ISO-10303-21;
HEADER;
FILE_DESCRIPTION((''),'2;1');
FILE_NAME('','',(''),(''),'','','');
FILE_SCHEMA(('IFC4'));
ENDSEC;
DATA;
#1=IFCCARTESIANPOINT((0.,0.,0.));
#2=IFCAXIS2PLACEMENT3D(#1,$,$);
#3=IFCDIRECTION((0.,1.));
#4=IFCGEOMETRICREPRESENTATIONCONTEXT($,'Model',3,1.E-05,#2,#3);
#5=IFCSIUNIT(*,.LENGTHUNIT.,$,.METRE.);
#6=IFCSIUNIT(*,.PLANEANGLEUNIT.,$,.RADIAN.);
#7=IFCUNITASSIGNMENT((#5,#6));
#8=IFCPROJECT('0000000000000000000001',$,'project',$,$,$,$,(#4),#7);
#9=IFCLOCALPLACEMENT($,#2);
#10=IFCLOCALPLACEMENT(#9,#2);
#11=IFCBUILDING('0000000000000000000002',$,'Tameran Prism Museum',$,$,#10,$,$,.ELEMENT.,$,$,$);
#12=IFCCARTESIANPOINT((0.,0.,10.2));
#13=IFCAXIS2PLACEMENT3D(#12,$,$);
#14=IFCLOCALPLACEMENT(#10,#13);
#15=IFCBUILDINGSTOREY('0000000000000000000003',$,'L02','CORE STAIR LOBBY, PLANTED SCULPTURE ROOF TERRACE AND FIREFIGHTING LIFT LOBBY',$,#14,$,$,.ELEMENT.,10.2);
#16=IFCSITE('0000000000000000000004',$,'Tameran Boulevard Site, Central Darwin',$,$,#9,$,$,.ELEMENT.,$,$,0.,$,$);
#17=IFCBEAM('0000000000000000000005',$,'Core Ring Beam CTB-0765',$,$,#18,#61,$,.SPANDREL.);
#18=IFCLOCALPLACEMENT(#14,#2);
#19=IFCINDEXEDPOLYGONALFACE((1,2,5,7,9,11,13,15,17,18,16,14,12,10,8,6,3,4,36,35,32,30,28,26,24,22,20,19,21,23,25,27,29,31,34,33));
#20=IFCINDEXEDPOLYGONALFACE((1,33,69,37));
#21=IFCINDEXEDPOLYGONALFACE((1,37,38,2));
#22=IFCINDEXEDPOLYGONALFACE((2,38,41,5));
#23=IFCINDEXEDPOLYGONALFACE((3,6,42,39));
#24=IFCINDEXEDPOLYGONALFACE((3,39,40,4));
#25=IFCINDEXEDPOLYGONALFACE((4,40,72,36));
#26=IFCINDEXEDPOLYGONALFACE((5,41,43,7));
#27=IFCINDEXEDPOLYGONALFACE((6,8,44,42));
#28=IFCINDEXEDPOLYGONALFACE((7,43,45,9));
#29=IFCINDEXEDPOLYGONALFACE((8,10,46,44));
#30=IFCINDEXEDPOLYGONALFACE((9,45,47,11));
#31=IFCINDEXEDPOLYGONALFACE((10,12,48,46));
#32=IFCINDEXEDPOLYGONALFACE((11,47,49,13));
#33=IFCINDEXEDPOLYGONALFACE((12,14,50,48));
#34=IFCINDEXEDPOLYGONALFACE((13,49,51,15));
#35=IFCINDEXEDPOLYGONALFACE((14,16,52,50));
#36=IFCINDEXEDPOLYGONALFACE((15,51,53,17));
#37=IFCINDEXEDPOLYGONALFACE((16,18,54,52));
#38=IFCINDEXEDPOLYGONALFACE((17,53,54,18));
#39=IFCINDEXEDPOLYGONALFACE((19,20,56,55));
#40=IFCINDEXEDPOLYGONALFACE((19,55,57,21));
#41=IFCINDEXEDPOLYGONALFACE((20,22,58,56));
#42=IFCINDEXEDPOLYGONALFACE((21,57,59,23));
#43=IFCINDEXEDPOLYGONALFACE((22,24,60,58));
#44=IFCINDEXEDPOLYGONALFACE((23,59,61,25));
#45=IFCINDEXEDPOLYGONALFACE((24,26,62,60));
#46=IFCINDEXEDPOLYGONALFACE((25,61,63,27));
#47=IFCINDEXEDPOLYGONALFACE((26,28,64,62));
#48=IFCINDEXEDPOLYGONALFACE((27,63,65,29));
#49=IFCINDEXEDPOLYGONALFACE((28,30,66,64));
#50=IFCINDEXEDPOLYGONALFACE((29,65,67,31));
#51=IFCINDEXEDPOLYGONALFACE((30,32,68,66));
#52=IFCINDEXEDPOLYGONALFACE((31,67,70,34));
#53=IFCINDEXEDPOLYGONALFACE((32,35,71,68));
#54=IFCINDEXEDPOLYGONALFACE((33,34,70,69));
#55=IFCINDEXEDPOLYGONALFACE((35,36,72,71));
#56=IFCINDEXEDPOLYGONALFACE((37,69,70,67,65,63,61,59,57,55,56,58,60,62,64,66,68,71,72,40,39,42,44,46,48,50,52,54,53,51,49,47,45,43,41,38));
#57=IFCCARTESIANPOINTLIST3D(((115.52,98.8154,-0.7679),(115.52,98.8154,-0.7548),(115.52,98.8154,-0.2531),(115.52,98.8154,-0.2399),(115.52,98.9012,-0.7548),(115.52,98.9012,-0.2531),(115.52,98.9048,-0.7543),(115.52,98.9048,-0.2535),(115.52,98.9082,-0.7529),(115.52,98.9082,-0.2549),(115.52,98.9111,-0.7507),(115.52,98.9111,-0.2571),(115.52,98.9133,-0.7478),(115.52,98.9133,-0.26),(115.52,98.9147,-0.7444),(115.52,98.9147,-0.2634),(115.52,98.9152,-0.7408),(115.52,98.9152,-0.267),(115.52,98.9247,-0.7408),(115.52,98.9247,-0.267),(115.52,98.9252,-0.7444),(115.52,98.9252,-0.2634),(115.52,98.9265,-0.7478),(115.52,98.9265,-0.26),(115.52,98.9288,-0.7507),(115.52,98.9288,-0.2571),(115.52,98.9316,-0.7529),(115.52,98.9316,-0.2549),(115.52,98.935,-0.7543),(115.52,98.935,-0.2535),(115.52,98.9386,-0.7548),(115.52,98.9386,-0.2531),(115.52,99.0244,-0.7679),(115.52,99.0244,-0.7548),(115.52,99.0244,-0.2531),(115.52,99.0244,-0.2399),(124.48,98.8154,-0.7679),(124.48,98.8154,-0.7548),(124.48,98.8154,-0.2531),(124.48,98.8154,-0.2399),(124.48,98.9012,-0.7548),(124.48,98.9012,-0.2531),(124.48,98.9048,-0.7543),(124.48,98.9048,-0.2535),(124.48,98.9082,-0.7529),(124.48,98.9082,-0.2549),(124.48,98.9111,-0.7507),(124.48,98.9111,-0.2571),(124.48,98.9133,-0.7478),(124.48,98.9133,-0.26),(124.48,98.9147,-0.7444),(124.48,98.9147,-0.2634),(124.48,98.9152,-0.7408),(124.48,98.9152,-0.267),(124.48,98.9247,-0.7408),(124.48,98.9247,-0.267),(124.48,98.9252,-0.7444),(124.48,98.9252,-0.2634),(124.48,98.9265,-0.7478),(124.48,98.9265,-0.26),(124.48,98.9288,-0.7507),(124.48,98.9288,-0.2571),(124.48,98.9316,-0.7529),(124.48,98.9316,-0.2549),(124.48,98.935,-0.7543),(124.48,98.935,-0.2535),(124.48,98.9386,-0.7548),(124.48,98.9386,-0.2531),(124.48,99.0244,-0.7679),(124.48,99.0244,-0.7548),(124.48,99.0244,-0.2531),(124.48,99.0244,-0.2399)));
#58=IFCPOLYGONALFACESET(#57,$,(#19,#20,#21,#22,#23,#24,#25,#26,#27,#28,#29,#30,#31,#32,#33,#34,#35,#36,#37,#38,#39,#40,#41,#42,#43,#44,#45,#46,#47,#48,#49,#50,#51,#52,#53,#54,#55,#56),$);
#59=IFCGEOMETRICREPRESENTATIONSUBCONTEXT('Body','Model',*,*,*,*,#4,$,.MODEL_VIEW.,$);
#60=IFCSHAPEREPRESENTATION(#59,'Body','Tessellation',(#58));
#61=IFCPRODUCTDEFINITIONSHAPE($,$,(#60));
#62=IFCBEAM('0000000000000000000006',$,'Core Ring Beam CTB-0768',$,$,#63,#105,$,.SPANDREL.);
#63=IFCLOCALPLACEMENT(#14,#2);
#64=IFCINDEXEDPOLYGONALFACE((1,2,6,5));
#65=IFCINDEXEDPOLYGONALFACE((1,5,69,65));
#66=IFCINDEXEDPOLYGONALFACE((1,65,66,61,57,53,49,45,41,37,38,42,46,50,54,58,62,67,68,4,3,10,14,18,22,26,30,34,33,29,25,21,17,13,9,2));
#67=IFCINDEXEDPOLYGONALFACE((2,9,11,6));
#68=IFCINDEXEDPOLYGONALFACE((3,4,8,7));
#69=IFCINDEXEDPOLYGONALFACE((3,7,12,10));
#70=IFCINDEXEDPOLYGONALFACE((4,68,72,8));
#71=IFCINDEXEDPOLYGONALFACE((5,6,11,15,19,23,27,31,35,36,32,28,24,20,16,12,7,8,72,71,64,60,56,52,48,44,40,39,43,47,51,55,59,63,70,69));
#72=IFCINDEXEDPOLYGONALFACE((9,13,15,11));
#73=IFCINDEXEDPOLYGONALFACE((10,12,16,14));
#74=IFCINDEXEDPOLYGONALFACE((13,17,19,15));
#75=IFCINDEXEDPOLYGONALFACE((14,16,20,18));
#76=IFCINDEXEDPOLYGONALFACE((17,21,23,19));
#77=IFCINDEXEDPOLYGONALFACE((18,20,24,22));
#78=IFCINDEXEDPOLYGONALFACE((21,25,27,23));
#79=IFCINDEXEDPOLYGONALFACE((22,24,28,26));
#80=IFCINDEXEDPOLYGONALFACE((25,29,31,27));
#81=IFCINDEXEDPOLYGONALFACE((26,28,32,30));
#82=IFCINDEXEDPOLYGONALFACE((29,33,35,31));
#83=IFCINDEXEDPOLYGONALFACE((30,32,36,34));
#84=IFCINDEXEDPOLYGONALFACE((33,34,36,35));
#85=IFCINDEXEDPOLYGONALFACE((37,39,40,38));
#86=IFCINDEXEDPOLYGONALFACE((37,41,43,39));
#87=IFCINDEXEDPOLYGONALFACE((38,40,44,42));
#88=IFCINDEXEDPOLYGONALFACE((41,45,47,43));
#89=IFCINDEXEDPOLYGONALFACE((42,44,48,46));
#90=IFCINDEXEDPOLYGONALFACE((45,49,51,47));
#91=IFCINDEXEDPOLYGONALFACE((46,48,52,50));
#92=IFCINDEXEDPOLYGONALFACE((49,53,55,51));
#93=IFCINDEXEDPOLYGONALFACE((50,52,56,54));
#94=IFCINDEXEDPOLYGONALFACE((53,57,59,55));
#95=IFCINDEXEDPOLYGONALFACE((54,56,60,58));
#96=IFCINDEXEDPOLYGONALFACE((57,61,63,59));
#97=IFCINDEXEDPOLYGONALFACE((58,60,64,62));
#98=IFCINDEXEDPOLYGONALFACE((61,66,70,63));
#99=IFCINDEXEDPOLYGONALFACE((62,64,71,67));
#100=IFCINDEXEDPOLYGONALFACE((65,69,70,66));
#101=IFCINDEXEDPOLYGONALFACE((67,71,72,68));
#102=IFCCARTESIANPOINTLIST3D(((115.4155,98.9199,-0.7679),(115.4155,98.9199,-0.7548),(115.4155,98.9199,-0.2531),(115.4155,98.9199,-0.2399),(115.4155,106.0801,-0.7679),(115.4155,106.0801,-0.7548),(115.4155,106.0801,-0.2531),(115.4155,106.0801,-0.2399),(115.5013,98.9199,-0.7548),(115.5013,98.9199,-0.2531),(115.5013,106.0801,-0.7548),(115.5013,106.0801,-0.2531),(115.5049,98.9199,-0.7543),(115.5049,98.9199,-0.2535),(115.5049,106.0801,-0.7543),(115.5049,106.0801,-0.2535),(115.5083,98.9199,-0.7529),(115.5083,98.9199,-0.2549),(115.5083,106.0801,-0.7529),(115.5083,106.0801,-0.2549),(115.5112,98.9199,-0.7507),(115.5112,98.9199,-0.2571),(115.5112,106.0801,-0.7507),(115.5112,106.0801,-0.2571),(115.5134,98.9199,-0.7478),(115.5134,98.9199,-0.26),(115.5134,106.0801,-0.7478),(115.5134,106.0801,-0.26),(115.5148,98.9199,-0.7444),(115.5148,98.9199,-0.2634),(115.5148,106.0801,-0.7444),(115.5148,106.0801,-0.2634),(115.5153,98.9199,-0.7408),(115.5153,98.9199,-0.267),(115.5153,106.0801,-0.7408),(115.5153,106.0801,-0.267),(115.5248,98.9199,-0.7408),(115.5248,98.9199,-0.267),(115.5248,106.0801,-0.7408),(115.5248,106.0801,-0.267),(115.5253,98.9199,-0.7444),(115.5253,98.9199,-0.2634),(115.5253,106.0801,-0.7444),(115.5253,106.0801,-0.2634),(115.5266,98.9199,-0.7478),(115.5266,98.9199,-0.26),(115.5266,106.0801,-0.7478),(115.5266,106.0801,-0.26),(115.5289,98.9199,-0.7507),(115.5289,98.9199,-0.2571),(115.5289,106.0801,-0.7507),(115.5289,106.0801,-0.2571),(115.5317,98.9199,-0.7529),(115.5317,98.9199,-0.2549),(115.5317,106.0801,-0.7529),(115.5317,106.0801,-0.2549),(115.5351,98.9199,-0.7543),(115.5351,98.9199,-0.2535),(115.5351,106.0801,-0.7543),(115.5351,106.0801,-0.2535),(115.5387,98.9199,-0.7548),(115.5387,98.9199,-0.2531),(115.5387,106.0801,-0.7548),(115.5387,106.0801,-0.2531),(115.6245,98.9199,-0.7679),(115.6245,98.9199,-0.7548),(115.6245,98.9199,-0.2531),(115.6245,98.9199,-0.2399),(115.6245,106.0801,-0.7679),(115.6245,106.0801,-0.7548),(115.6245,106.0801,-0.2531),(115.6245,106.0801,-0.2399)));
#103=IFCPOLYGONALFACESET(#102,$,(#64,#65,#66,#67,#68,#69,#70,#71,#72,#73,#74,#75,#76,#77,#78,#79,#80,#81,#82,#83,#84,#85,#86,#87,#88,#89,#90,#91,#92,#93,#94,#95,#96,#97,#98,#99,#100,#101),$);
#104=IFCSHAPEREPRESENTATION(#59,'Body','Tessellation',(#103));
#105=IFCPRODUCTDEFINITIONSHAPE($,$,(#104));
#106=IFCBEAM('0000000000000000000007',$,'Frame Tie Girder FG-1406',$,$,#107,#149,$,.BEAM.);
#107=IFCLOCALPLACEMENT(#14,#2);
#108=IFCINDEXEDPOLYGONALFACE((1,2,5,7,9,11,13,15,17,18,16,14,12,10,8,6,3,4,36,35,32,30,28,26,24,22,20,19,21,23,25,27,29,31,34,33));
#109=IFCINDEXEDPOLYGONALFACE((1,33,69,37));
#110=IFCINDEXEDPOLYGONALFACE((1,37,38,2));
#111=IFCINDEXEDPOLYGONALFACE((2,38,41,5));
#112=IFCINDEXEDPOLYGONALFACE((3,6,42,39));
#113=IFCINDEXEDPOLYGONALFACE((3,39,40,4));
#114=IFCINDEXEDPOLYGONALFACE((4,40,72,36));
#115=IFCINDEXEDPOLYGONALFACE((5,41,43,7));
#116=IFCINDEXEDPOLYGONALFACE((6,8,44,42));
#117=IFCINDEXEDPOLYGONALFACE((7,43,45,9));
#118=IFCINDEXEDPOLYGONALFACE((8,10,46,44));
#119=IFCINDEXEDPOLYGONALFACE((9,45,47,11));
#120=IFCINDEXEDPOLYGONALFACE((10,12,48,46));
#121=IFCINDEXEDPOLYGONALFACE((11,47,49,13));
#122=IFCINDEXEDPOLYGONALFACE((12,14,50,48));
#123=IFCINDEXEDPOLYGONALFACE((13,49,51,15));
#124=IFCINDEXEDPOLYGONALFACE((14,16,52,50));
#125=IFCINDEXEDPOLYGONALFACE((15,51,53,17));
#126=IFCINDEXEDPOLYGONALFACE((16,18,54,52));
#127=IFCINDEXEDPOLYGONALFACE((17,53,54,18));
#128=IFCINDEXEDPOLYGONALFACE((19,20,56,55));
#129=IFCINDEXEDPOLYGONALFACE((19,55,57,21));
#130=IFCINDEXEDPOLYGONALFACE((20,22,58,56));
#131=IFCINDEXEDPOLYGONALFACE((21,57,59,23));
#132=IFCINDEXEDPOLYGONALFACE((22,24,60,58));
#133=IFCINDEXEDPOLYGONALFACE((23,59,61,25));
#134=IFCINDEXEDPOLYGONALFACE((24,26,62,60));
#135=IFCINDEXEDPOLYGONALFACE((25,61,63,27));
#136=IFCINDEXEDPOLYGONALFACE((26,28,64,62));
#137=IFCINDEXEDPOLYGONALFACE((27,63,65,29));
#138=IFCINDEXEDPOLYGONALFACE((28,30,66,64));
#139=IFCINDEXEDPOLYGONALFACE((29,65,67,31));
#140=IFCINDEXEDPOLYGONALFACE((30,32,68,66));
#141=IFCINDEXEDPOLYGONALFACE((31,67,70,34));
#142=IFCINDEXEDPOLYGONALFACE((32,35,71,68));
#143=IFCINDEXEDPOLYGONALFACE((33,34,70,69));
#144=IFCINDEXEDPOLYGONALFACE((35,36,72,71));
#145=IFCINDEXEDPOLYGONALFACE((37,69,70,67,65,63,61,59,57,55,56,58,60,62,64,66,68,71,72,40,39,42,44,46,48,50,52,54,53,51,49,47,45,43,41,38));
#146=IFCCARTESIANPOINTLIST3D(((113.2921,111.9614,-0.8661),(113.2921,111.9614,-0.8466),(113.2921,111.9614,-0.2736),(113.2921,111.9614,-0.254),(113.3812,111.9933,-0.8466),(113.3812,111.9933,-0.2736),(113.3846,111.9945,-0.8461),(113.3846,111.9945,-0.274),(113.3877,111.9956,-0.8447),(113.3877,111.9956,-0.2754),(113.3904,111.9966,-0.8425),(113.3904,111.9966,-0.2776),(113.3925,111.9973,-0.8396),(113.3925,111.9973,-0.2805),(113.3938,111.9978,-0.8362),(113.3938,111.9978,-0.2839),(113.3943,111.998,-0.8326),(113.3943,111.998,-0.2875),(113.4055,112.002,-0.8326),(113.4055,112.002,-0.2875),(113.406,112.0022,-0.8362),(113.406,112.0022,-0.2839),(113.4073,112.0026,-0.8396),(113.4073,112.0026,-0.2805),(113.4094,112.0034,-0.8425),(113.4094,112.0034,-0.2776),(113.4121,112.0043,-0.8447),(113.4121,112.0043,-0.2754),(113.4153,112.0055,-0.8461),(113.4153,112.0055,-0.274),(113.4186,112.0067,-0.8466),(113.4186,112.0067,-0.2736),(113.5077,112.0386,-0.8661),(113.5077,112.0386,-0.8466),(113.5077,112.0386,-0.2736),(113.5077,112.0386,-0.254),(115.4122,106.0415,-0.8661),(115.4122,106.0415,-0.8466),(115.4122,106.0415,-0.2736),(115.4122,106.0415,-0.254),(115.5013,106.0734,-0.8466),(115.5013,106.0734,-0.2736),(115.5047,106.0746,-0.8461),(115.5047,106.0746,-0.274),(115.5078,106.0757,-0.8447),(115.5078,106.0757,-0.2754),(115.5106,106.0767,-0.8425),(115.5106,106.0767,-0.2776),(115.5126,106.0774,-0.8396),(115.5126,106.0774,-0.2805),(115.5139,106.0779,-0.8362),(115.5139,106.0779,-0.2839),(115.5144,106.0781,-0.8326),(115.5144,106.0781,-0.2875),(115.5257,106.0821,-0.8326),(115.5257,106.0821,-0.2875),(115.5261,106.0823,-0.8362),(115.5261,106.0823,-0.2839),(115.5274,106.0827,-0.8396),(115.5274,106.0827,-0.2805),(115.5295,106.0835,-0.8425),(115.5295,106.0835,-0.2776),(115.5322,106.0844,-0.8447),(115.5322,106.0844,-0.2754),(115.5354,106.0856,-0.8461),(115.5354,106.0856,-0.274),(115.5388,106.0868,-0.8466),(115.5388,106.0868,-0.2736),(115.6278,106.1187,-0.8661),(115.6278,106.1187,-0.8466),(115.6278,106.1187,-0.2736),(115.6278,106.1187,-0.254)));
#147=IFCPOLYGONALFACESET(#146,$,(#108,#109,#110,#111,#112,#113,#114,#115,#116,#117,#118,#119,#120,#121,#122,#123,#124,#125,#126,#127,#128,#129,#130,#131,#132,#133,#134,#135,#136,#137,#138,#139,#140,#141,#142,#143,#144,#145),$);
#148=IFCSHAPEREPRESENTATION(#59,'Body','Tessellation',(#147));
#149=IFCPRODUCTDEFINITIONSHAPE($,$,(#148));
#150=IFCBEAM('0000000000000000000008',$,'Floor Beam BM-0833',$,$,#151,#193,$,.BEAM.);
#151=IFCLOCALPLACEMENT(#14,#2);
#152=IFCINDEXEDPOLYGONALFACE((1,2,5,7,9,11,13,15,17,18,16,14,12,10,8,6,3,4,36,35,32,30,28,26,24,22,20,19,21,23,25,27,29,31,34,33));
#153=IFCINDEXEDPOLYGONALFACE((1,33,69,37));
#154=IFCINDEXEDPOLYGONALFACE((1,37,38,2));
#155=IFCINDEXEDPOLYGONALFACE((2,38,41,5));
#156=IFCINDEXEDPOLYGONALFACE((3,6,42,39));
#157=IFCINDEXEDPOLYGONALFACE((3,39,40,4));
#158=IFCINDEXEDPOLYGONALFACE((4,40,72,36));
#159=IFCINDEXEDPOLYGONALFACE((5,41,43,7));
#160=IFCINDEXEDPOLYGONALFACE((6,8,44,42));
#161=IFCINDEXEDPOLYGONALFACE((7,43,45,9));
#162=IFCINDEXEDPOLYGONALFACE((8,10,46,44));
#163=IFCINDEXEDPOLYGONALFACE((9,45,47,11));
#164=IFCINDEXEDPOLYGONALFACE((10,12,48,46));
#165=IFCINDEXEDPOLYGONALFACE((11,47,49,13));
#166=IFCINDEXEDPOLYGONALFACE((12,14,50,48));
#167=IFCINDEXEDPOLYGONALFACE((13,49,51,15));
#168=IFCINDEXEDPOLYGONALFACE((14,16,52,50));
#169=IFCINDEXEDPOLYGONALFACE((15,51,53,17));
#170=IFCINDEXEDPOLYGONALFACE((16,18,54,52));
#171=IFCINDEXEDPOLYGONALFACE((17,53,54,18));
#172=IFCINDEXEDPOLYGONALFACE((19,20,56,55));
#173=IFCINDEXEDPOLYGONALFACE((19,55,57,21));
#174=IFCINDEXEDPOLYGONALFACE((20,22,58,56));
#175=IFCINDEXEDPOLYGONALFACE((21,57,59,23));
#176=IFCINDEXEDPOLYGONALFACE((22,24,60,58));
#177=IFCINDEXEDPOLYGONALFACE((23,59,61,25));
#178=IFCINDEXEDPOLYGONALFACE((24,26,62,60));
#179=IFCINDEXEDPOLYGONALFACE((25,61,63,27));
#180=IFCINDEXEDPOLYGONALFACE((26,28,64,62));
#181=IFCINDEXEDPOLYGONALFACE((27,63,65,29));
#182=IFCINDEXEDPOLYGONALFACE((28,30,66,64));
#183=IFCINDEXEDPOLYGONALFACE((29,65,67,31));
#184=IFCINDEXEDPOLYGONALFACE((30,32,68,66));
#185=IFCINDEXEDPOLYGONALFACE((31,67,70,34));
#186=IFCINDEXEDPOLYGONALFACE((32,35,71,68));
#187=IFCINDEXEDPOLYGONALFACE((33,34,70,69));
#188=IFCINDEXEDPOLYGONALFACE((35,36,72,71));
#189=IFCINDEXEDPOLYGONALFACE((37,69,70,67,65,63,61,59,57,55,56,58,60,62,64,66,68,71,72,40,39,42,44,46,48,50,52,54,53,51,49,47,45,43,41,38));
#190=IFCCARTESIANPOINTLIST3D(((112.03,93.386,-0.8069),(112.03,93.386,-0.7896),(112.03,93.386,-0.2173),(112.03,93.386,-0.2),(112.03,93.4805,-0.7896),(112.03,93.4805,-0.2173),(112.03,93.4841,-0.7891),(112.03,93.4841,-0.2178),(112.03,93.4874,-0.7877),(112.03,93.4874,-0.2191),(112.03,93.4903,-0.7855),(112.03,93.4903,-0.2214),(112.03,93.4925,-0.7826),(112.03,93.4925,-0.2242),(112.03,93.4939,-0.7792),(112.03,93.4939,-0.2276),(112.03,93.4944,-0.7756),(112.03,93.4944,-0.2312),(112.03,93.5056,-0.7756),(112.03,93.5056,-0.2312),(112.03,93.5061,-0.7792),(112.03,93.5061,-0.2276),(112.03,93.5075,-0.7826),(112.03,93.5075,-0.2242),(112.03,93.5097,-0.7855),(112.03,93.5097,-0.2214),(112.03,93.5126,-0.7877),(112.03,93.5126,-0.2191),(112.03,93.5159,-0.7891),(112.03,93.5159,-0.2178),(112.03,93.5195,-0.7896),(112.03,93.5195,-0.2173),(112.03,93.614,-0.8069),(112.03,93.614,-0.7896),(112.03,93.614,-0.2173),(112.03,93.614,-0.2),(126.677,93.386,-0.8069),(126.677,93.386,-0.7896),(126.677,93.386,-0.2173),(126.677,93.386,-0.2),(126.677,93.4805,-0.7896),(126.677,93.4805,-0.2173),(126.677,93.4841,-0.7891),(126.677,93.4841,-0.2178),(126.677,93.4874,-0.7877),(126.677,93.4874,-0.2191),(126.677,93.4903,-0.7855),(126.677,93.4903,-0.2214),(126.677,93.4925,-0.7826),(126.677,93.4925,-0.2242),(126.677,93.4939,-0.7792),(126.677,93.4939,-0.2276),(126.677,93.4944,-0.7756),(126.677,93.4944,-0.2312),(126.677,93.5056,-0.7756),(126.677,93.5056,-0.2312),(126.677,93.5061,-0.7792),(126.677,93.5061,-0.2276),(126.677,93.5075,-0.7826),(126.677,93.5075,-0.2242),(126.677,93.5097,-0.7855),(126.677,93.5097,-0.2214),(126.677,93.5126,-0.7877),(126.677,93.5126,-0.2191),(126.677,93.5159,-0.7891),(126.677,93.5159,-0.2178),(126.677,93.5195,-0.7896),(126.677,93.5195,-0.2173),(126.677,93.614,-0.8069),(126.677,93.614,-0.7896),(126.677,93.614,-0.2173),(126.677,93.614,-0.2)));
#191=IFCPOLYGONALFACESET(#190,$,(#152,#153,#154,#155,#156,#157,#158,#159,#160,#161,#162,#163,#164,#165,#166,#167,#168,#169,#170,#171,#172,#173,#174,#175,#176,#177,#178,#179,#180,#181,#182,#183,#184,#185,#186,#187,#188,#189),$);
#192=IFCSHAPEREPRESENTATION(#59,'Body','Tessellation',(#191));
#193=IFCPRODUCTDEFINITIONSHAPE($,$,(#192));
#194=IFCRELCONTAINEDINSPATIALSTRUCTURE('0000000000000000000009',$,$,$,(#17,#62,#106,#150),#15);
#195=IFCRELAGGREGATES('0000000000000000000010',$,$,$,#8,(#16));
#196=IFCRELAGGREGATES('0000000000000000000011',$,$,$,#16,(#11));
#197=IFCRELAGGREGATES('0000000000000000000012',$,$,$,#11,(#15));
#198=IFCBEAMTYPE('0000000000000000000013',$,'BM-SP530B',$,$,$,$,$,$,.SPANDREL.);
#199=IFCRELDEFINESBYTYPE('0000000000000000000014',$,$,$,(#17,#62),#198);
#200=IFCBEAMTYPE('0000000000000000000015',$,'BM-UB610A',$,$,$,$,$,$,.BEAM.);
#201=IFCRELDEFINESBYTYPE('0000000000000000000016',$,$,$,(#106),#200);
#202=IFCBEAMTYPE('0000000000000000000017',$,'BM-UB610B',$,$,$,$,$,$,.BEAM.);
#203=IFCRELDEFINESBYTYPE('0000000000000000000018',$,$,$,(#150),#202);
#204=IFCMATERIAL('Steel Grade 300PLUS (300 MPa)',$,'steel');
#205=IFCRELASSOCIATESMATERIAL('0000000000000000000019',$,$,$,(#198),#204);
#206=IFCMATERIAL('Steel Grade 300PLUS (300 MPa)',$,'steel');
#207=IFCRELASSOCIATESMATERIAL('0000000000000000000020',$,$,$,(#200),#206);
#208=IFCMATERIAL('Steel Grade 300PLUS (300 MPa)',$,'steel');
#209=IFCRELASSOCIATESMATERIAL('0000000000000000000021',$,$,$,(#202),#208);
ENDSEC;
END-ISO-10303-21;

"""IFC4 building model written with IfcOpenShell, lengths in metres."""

from ifc_helpers import new_model, si_unit, direction, frame, origin, origin_2d, place, context, subcontext, project, spatial, i_section, extrude, material, material_profile, profile_set, type_object, element, save


model = new_model("IFC4")

# Units and contexts
model_context = context("Model", 3, precision=1e-05, world=origin(), true_north=direction((0.0, 1.0)))
body_context = subcontext(model_context, "Body", "Model", "MODEL_VIEW")
ifc_project = project(units=[si_unit("LENGTHUNIT", "METRE"), si_unit("PLANEANGLEUNIT", "RADIAN")], contexts=[model_context])

# Site, building, storey
site_placement = place(None, origin())
site = spatial("IfcSite", under=ifc_project, at=site_placement, Name="Tameran Boulevard Site, Central Darwin", CompositionType="ELEMENT", RefElevation=0.0)
building_placement = place(site_placement, origin())
building = spatial("IfcBuilding", under=site, at=building_placement, Name="Tameran Prism Museum", CompositionType="ELEMENT")
storey_placement = place(building_placement, frame((0.0, 0.0, 10.2)))
storey = spatial("IfcBuildingStorey", under=building, at=storey_placement, Name="L02", Description="CORE STAIR LOBBY, PLANTED SCULPTURE ROOF TERRACE AND FIREFIGHTING LIFT LOBBY", CompositionType="ELEMENT", Elevation=10.2)

# Beams
ifc_material_1 = material(Name="Steel Grade 300PLUS (300 MPa)", Category="steel")
ifc_material_profile_1 = material_profile(ifc_material_1, i_section(OverallWidth=0.209, OverallDepth=0.5281, WebThickness=0.0095, FlangeThickness=0.0132, FilletRadius=0.0139, at=origin_2d()))
ifc_profile_set_1 = profile_set([ifc_material_profile_1])
beam_type_1 = type_object("IfcBeamType", Name="BM-SP530B", PredefinedType="SPANDREL", material=ifc_profile_set_1)
beam_1_placement = place(storey_placement, frame((115.52, 98.9199, -0.5039), z_axis=(1.0, 0.0, 0.0), x_axis=(0.0, 1.0, 0.0)))
element("IfcBeam", 1, at=beam_1_placement, inside=storey, type_object=beam_type_1, Name="Core Ring Beam CTB-0765", PredefinedType="SPANDREL", context=body_context, shape_type="SweptSolid", body=[
    extrude(i_section(OverallWidth=0.209, OverallDepth=0.5281, WebThickness=0.0095, FlangeThickness=0.0132, FilletRadius=0.0139, at=origin_2d()), origin(), (0.0, 0.0, 1.0), 8.96),
])
beam_2_placement = place(storey_placement, frame((115.52, 106.0801, -0.5039), z_axis=(0.0, -1.0, 0.0), x_axis=(1.0, 0.0, 0.0)))
element("IfcBeam", 2, at=beam_2_placement, inside=storey, type_object=beam_type_1, Name="Core Ring Beam CTB-0768", PredefinedType="SPANDREL", context=body_context, shape_type="SweptSolid", body=[
    extrude(i_section(OverallWidth=0.209, OverallDepth=0.5281, WebThickness=0.0095, FlangeThickness=0.0132, FilletRadius=0.0139, at=origin_2d()), origin(), (0.0, 0.0, 1.0), 7.1602),
])
ifc_material_2 = material(Name="Steel Grade 300PLUS (300 MPa)", Category="steel")
ifc_material_profile_2 = material_profile(ifc_material_2, i_section(OverallWidth=0.229, OverallDepth=0.6121, WebThickness=0.012, FlangeThickness=0.0195, FilletRadius=0.0139, at=origin_2d()))
ifc_profile_set_2 = profile_set([ifc_material_profile_2])
beam_type_2 = type_object("IfcBeamType", Name="BM-UB610A", PredefinedType="BEAM", material=ifc_profile_set_2)
beam_3_placement = place(storey_placement, frame((115.52, 106.0801, -0.5601), z_axis=(-0.337163, 0.941446, 0.0), x_axis=(-0.941446, -0.337163, 0.0)))
element("IfcBeam", 3, at=beam_3_placement, inside=storey, type_object=beam_type_2, Name="Frame Tie Girder FG-1406", PredefinedType="BEAM", context=body_context, shape_type="SweptSolid", body=[
    extrude(i_section(OverallWidth=0.229, OverallDepth=0.6121, WebThickness=0.012, FlangeThickness=0.0195, FilletRadius=0.0139, at=origin_2d()), origin(), (0.0, 0.0, 1.0), 6.2881),
])
ifc_material_3 = material(Name="Steel Grade 300PLUS (300 MPa)", Category="steel")
ifc_material_profile_3 = material_profile(ifc_material_3, i_section(OverallWidth=0.228, OverallDepth=0.6069, WebThickness=0.0112, FlangeThickness=0.0173, FilletRadius=0.0139, at=origin_2d()))
ifc_profile_set_3 = profile_set([ifc_material_profile_3])
beam_type_3 = type_object("IfcBeamType", Name="BM-UB610B", PredefinedType="BEAM", material=ifc_profile_set_3)
beam_4_placement = place(storey_placement, frame((112.03, 93.5, -0.5034), z_axis=(1.0, 0.0, 0.0), x_axis=(0.0, 1.0, 0.0)))
element("IfcBeam", 4, at=beam_4_placement, inside=storey, type_object=beam_type_3, Name="Floor Beam BM-0833", PredefinedType="BEAM", context=body_context, shape_type="SweptSolid", body=[
    extrude(i_section(OverallWidth=0.228, OverallDepth=0.6069, WebThickness=0.0112, FlangeThickness=0.0173, FilletRadius=0.0139, at=origin_2d()), origin(), (0.0, 0.0, 1.0), 14.647),
])

save(model, "model.ifc")
